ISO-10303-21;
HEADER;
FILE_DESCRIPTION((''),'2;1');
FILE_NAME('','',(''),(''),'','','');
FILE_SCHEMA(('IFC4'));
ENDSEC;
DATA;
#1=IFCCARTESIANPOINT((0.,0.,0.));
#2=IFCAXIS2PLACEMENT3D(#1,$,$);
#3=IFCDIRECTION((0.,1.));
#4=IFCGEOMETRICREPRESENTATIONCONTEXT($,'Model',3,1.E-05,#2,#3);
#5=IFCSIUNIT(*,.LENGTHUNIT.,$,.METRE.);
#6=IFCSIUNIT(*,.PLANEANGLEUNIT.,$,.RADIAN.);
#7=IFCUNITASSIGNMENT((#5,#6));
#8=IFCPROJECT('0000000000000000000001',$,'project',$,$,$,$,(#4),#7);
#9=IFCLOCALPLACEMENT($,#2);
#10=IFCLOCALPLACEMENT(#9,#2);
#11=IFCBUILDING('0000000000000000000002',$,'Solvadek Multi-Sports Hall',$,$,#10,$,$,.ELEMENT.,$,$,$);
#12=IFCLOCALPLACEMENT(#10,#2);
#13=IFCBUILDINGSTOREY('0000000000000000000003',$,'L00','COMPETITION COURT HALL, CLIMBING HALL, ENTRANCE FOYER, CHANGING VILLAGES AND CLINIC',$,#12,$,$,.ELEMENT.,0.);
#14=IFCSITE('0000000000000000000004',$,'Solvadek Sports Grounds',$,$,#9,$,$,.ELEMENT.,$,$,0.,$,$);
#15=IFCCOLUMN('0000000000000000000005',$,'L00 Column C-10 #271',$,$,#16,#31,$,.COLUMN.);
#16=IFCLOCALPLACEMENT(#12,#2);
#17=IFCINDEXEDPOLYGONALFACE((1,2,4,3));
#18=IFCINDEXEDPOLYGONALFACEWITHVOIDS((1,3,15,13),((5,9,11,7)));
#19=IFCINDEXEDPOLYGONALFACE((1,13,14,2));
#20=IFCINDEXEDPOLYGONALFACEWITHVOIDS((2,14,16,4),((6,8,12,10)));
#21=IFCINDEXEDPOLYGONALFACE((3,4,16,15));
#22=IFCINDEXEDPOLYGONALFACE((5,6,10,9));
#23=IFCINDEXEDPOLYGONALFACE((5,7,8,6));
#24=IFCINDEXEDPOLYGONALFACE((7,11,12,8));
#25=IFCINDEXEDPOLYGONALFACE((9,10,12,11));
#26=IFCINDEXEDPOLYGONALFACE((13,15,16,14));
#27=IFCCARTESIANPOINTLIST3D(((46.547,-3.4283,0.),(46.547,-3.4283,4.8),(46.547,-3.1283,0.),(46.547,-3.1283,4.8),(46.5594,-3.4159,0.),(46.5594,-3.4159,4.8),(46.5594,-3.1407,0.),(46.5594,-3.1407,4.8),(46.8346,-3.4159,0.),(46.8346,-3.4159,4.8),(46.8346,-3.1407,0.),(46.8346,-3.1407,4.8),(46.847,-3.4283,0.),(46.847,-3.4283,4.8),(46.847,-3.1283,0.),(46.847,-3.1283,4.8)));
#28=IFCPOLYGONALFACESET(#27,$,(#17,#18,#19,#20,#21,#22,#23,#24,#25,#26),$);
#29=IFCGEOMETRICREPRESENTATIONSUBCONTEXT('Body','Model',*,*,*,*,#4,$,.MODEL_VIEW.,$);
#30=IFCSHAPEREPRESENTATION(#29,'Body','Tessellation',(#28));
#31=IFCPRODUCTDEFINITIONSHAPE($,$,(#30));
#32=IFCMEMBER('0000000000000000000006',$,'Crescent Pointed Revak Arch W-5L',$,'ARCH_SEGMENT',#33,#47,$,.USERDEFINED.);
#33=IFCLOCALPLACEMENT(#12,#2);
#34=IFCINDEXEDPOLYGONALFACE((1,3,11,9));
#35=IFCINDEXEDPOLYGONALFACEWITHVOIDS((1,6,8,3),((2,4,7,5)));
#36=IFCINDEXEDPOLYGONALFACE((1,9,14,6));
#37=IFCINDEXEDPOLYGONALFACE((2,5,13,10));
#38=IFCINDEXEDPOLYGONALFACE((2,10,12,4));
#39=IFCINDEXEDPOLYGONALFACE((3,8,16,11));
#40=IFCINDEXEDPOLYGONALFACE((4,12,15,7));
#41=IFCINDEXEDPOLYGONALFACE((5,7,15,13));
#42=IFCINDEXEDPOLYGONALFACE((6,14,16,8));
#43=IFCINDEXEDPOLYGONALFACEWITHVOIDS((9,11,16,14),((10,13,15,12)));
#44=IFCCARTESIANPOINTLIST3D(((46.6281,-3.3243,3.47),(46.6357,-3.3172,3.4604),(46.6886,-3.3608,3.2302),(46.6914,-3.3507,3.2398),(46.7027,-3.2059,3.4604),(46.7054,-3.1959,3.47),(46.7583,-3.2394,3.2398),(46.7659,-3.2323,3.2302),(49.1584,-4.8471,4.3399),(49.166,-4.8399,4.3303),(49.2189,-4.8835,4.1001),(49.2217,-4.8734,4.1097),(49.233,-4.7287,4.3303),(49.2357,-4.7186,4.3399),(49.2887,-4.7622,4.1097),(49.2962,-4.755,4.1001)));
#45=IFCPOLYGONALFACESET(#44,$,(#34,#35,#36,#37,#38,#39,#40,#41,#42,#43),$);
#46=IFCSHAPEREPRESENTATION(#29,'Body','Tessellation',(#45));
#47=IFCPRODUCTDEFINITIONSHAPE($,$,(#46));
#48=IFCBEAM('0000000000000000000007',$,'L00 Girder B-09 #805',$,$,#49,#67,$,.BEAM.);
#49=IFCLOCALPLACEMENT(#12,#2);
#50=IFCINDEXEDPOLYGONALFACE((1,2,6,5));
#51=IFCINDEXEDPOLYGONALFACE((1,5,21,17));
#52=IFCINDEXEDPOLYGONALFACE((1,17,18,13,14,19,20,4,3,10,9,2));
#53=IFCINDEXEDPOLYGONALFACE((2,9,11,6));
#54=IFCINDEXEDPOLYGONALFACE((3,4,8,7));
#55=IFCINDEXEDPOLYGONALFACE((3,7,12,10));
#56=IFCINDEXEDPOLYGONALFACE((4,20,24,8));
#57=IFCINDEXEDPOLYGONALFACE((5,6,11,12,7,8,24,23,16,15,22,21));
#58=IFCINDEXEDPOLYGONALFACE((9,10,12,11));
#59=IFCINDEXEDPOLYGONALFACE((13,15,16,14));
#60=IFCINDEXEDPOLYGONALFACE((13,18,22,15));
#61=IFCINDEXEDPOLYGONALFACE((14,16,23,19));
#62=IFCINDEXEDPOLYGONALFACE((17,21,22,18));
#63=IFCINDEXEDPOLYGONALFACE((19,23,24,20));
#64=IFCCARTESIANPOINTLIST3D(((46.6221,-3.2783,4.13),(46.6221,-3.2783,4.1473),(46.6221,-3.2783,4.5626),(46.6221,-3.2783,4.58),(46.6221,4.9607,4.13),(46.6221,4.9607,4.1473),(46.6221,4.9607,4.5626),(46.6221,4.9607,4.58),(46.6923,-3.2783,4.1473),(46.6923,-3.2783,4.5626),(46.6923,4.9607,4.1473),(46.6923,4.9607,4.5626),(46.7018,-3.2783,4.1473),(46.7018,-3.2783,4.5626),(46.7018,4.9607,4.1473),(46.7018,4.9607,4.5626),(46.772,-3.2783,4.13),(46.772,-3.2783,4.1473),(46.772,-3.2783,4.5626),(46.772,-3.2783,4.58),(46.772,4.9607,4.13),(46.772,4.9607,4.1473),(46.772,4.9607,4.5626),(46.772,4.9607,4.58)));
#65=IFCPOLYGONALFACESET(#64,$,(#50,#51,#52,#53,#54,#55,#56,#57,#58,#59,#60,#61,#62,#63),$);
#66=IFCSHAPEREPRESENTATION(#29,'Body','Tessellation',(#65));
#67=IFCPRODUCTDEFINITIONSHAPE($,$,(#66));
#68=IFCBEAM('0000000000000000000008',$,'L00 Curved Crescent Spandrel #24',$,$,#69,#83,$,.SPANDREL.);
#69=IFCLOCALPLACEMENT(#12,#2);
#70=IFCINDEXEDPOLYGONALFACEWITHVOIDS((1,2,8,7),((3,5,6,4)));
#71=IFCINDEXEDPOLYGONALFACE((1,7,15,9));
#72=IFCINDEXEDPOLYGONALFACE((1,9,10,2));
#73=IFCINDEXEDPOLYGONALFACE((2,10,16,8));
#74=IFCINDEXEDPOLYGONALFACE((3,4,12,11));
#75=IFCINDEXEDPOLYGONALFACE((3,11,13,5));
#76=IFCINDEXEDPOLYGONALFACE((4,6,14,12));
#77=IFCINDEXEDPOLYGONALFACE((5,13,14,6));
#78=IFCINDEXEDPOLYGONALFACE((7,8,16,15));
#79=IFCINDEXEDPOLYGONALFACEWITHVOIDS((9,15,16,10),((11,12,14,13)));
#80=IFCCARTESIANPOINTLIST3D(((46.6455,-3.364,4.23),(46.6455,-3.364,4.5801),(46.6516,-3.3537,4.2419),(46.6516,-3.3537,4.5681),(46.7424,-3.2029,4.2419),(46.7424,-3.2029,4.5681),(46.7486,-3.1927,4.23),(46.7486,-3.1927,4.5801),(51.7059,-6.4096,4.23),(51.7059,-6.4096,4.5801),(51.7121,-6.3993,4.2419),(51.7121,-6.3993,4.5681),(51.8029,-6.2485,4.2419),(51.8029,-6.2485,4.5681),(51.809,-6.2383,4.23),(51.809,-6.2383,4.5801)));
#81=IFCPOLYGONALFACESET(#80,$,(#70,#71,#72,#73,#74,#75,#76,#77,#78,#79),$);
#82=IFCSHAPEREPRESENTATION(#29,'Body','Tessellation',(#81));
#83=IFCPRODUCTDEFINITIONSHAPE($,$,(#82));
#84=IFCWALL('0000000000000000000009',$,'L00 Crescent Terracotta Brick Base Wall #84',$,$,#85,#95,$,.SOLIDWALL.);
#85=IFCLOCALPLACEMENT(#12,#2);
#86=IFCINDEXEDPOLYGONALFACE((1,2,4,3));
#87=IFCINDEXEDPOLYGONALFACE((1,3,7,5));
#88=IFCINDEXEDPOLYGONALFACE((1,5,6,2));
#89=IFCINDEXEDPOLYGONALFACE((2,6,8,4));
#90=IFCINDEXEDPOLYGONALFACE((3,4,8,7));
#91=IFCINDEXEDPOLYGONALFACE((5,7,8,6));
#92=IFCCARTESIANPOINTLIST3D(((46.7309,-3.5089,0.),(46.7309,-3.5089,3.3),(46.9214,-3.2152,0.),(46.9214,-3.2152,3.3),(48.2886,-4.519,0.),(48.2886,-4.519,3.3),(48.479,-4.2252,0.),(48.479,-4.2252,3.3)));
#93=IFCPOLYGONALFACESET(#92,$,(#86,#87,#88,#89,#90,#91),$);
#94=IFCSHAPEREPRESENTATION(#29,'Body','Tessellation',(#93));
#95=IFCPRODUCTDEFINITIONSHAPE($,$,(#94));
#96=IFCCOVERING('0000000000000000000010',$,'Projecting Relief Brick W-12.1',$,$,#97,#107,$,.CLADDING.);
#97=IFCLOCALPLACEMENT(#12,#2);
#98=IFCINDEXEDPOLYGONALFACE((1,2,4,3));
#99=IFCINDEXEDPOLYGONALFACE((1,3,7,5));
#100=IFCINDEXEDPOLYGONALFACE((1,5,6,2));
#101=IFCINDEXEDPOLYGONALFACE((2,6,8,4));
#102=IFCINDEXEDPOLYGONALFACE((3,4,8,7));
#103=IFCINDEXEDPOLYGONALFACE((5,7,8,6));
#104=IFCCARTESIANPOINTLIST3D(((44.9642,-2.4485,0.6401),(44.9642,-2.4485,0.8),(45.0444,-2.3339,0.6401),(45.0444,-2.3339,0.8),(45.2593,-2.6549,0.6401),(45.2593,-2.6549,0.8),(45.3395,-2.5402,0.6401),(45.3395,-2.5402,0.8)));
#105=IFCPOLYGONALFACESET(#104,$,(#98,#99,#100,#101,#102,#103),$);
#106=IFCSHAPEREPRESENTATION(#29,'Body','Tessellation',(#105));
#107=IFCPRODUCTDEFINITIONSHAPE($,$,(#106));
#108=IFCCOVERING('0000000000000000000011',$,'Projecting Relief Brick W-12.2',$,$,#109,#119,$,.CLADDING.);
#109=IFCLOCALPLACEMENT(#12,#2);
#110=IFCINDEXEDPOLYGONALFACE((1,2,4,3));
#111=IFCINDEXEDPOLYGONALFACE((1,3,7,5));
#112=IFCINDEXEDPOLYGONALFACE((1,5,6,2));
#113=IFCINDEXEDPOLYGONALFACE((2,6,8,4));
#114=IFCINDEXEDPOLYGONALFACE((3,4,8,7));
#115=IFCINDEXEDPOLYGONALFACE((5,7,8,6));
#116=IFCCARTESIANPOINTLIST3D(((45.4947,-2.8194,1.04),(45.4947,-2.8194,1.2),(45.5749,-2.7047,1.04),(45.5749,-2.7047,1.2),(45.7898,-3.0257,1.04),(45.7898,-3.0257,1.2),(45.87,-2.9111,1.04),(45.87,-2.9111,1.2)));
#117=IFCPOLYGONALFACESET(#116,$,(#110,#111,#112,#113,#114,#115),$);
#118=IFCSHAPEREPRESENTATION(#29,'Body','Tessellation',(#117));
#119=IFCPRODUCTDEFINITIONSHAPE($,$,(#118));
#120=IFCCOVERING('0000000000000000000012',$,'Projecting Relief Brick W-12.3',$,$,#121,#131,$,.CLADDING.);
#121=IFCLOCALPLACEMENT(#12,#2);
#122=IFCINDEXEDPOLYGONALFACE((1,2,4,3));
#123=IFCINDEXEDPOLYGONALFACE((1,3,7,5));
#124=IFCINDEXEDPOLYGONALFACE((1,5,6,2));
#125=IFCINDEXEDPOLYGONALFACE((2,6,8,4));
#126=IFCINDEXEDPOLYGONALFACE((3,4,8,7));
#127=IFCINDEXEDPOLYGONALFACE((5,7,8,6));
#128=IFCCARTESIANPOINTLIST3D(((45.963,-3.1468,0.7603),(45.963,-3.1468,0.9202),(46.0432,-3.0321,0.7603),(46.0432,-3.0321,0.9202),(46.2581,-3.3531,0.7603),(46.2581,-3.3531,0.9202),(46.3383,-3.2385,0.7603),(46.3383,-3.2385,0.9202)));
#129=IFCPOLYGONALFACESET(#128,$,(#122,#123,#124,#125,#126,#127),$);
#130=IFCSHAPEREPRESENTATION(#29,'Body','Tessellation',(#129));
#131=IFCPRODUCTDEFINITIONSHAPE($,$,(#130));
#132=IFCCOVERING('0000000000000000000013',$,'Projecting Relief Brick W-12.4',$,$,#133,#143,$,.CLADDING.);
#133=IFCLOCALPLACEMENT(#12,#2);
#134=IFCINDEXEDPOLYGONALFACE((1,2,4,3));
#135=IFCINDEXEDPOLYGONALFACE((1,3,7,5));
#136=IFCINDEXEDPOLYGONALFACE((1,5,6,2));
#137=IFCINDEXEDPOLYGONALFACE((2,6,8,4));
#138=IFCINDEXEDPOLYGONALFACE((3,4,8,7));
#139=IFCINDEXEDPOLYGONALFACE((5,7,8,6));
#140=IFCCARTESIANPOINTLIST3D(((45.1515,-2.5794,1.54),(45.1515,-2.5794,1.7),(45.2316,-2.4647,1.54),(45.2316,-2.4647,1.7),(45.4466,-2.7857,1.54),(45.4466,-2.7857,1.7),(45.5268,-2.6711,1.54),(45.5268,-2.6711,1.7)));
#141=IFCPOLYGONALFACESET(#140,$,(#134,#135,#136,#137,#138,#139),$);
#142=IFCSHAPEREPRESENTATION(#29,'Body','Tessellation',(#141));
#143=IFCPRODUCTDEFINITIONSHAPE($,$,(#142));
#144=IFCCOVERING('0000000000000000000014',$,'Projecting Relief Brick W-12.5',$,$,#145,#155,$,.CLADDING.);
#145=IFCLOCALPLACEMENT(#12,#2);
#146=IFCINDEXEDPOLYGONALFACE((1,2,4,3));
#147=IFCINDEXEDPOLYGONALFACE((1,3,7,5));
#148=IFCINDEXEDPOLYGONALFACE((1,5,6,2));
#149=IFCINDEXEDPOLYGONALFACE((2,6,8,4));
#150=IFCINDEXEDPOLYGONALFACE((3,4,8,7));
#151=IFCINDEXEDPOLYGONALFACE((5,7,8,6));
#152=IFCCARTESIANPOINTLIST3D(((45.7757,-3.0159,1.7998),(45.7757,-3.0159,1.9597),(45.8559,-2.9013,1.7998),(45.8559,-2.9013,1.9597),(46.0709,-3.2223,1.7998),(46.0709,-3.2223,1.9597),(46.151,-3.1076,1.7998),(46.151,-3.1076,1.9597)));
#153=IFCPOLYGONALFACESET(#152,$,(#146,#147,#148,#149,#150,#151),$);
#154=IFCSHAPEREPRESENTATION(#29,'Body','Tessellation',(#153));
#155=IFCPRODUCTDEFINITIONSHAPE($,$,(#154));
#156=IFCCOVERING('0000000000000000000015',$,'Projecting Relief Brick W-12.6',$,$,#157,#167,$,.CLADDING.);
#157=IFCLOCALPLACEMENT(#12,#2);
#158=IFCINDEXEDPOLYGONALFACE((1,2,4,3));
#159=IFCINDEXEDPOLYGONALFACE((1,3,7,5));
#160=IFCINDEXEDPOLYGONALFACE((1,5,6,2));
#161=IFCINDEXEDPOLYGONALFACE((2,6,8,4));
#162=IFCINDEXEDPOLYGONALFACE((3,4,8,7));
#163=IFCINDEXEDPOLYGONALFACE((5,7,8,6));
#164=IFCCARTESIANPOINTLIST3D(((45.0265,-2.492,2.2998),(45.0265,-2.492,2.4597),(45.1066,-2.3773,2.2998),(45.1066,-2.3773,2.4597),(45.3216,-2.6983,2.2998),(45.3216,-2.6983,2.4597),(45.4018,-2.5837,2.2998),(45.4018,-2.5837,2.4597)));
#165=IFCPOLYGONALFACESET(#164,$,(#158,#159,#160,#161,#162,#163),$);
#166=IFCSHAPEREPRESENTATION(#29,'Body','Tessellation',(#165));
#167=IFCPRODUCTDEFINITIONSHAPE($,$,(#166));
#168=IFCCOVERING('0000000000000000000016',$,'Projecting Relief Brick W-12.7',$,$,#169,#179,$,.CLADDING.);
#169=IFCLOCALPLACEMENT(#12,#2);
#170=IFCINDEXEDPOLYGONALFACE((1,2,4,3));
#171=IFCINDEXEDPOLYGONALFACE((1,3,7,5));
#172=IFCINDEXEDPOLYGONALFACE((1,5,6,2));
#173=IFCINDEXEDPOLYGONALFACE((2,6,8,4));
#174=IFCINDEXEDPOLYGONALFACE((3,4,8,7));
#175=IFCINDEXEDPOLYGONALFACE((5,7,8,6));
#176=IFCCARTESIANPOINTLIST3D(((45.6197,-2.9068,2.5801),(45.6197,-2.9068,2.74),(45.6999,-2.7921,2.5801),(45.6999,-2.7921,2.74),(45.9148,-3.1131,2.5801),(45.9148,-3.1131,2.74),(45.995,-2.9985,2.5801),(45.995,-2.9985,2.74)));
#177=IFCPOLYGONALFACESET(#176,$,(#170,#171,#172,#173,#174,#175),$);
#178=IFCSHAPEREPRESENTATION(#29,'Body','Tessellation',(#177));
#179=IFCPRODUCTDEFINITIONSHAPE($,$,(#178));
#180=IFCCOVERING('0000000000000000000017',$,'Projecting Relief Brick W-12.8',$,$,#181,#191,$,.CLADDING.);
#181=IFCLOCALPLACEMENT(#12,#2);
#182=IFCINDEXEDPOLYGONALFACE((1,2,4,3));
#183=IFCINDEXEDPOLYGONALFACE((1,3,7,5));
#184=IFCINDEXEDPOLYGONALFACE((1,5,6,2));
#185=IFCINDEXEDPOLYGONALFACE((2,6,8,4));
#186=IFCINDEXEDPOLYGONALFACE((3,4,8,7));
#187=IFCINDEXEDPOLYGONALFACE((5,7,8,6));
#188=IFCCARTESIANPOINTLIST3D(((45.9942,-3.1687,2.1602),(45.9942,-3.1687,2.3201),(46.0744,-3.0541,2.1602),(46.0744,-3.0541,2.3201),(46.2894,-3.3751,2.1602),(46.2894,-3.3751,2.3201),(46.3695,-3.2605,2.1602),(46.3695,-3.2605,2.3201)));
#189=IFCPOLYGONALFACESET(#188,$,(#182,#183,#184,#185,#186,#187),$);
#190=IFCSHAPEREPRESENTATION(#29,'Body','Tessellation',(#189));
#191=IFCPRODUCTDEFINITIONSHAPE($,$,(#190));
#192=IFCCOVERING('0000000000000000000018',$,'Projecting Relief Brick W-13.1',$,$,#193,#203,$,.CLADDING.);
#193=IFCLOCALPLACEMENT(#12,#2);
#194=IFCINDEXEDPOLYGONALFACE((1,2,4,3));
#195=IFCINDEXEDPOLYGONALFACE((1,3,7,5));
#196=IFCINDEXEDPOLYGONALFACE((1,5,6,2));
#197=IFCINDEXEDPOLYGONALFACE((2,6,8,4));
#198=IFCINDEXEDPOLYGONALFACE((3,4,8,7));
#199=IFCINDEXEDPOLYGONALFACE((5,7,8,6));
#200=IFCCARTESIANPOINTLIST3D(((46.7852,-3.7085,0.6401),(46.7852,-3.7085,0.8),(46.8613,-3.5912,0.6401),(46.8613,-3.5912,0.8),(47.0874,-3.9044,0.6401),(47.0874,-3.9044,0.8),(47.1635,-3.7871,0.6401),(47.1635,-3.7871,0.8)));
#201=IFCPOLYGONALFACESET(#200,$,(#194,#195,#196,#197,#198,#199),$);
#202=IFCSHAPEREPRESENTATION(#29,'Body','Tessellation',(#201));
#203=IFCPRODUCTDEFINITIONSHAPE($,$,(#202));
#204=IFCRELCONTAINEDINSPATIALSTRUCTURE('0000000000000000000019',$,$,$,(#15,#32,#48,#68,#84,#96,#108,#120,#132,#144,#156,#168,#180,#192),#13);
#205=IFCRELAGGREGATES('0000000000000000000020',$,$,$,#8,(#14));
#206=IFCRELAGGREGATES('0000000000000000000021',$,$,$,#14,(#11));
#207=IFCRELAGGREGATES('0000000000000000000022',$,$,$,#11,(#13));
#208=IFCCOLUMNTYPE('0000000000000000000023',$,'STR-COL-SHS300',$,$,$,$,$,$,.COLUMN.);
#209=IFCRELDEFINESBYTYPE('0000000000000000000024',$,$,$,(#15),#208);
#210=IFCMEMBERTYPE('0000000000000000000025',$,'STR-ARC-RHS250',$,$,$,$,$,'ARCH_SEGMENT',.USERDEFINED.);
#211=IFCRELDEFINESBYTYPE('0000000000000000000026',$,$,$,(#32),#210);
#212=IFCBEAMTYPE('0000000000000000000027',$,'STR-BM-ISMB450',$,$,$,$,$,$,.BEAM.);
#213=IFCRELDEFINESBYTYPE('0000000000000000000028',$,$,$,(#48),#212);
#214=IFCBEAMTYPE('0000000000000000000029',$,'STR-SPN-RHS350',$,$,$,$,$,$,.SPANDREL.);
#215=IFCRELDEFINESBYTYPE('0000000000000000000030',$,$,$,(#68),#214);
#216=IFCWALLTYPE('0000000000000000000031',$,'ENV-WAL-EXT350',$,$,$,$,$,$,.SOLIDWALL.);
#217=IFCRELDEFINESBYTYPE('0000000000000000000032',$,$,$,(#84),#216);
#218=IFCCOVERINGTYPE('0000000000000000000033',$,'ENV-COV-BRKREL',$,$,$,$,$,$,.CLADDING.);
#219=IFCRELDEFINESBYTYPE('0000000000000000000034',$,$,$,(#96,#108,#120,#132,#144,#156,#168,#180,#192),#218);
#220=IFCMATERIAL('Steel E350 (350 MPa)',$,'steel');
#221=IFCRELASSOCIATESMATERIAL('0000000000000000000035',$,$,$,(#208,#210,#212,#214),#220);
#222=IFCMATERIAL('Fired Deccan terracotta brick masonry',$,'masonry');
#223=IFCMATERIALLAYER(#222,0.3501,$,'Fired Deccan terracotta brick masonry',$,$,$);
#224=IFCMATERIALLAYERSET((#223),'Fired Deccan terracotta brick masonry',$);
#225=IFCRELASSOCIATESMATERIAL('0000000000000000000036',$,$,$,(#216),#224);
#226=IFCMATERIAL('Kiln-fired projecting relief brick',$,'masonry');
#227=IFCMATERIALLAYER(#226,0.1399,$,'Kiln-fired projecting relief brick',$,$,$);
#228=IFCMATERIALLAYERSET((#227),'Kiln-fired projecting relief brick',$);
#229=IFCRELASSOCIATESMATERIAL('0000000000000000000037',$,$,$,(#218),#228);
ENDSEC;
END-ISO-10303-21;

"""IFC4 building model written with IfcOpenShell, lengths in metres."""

from ifc_helpers import new_model, si_unit, direction, frame, frame_2d, origin, origin_2d, place, context, subcontext, project, spatial, rectangle, hollow_rectangle, i_section, extrude, material, layer, layer_set, material_profile, profile_set, type_object, element, save


model = new_model("IFC4")

# Units and contexts
model_context = context("Model", 3, precision=1e-05, world=origin(), true_north=direction((0.0, 1.0)))
body_context = subcontext(model_context, "Body", "Model", "MODEL_VIEW")
ifc_project = project(units=[si_unit("LENGTHUNIT", "METRE"), si_unit("PLANEANGLEUNIT", "RADIAN")], contexts=[model_context])

# Site, building, storey
site_placement = place(None, origin())
site = spatial("IfcSite", under=ifc_project, at=site_placement, Name="Solvadek Sports Grounds", CompositionType="ELEMENT", RefElevation=0.0)
building_placement = place(site_placement, origin())
building = spatial("IfcBuilding", under=site, at=building_placement, Name="Solvadek Multi-Sports Hall", CompositionType="ELEMENT")
storey_placement = place(building_placement, origin())
storey = spatial("IfcBuildingStorey", under=building, at=storey_placement, Name="L00", Description="COMPETITION COURT HALL, CLIMBING HALL, ENTRANCE FOYER, CHANGING VILLAGES AND CLINIC", CompositionType="ELEMENT", Elevation=0.0)

# Column
ifc_material_1 = material(Name="Steel E350 (350 MPa)", Category="steel")
ifc_material_profile_1 = material_profile(ifc_material_1, hollow_rectangle(XDim=0.3, YDim=0.3, WallThickness=0.0125, at=origin_2d()), Name="SHS 300x300x12.5")
ifc_profile_set_1 = profile_set([ifc_material_profile_1], Name="Steel E350 (350 MPa)")
column_type = type_object("IfcColumnType", Name="STR-COL-SHS300", PredefinedType="COLUMN", material=ifc_profile_set_1)
column_placement = place(storey_placement, frame((46.697, -3.2783, 0.0), z_axis=(0.0, 0.0, 1.0), x_axis=(1.0, 0.0, 0.0)))
element("IfcColumn", 1, at=column_placement, inside=storey, type_object=column_type, Name="L00 Column C-10 #271", PredefinedType="COLUMN", context=body_context, shape_type="SweptSolid", body=[
    extrude(hollow_rectangle(XDim=0.3, YDim=0.3, WallThickness=0.0125, at=origin_2d()), origin(), (0.0, 0.0, 1.0), 4.8),
])

# Member
ifc_material_profile_2 = material_profile(ifc_material_1, hollow_rectangle(XDim=0.1499, YDim=0.25, WallThickness=0.01, at=origin_2d()), Name="RHS 250x150x10")
ifc_profile_set_2 = profile_set([ifc_material_profile_2], Name="Steel E350 (350 MPa)")
member_type = type_object("IfcMemberType", Name="STR-ARC-RHS250", ElementType="ARCH_SEGMENT", PredefinedType="USERDEFINED", material=ifc_profile_set_2)
member_placement = place(storey_placement, frame((46.697, -3.2783, 3.3501), z_axis=(0.821899, -0.494614, 0.282557), x_axis=(0.515626, 0.856814, 0.0)))
element("IfcMember", 2, at=member_placement, inside=storey, type_object=member_type, Name="Crescent Pointed Revak Arch W-5L", ObjectType="ARCH_SEGMENT", PredefinedType="USERDEFINED", context=body_context, shape_type="SweptSolid", body=[
    extrude(hollow_rectangle(XDim=0.1499, YDim=0.25, WallThickness=0.01, at=origin_2d()), origin(), (0.0, 0.0, 1.0), 3.0786),
])

# Beams
ifc_material_profile_3 = material_profile(ifc_material_1, i_section(OverallWidth=0.1499, OverallDepth=0.45, WebThickness=0.0095, FlangeThickness=0.0173, at=origin_2d()), Name="ISMB 450")
ifc_profile_set_3 = profile_set([ifc_material_profile_3], Name="Steel E350 (350 MPa)")
beam_type_1 = type_object("IfcBeamType", Name="STR-BM-ISMB450", PredefinedType="BEAM", material=ifc_profile_set_3)
beam_1_placement = place(storey_placement, frame((46.697, -3.2783, 4.355), z_axis=(0.0, 1.0, 0.0), x_axis=(-1.0, 0.0, 0.0)))
element("IfcBeam", 3, at=beam_1_placement, inside=storey, type_object=beam_type_1, Name="L00 Girder B-09 #805", PredefinedType="BEAM", context=body_context, shape_type="SweptSolid", body=[
    extrude(i_section(OverallWidth=0.1499, OverallDepth=0.45, WebThickness=0.0095, FlangeThickness=0.0173, at=origin_2d()), origin(), (0.0, 0.0, 1.0), 8.239),
])
ifc_material_profile_4 = material_profile(ifc_material_1, hollow_rectangle(XDim=0.2, YDim=0.3501, WallThickness=0.012, at=origin_2d()), Name="RHS 350x200x12")
ifc_profile_set_4 = profile_set([ifc_material_profile_4], Name="Steel E350 (350 MPa)")
beam_type_2 = type_object("IfcBeamType", Name="STR-SPN-RHS350", PredefinedType="SPANDREL", material=ifc_profile_set_4)
beam_2_placement = place(storey_placement, frame((46.697, -3.2783, 4.405), z_axis=(0.856796, -0.515656, 0.0), x_axis=(0.515656, 0.856796, 0.0)))
element("IfcBeam", 4, at=beam_2_placement, inside=storey, type_object=beam_type_2, Name="L00 Curved Crescent Spandrel #24", PredefinedType="SPANDREL", context=body_context, shape_type="SweptSolid", body=[
    extrude(hollow_rectangle(XDim=0.2, YDim=0.3501, WallThickness=0.012, at=origin_2d()), origin(), (0.0, 0.0, 1.0), 5.9062),
])

# Wall
ifc_material_2 = material(Name="Fired Deccan terracotta brick masonry", Category="masonry")
ifc_layer_1 = layer(ifc_material_2, 0.3501, Name="Fired Deccan terracotta brick masonry")
ifc_layer_set_1 = layer_set([ifc_layer_1], Name="Fired Deccan terracotta brick masonry")
wall_type = type_object("IfcWallType", Name="ENV-WAL-EXT350", PredefinedType="SOLIDWALL", material=ifc_layer_set_1)
wall_placement = place(storey_placement, frame((46.8262, -3.3621, 0.0), z_axis=(0.0, 0.0, 1.0), x_axis=(0.839044, -0.544064, 0.0)))
element("IfcWall", 5, at=wall_placement, inside=storey, type_object=wall_type, Name="L00 Crescent Terracotta Brick Base Wall #84", PredefinedType="SOLIDWALL", context=body_context, shape_type="SweptSolid", body=[
    extrude(rectangle(XDim=1.8564, YDim=0.3501, at=frame_2d((0.9282, 0.0))), origin(), (0.0, 0.0, 1.0), 3.3),
])

# Coverings
ifc_material_3 = material(Name="Kiln-fired projecting relief brick", Category="masonry")
ifc_layer_2 = layer(ifc_material_3, 0.1399, Name="Kiln-fired projecting relief brick")
ifc_layer_set_2 = layer_set([ifc_layer_2], Name="Kiln-fired projecting relief brick")
covering_type = type_object("IfcCoveringType", Name="ENV-COV-BRKREL", PredefinedType="CLADDING", material=ifc_layer_set_2)
for number, where, z_axis, x_axis, name in (
    (6, (45.1519, -2.4944, 0.6401), (0.0, 0.0, 1.0), (0.819513, -0.573061, 0.0), "Projecting Relief Brick W-12.1"),
    (7, (45.6824, -2.8652, 1.04), (0.0, 0.0, 1.0), (0.819513, -0.573061, 0.0), "Projecting Relief Brick W-12.2"),
    (8, (46.1506, -3.1926, 0.7603), (0.0, 0.0, 1.0), (0.819513, -0.573061, 0.0), "Projecting Relief Brick W-12.3"),
    (9, (45.3391, -2.6252, 1.54), (0.0, 0.0, 1.0), (0.819513, -0.573061, 0.0), "Projecting Relief Brick W-12.4"),
    (10, (45.9634, -3.0618, 1.7998), (0.0, 0.0, 1.0), (0.819513, -0.573061, 0.0), "Projecting Relief Brick W-12.5"),
    (11, (45.2141, -2.5378, 2.2998), (0.0, 0.0, 1.0), (0.819513, -0.573061, 0.0), "Projecting Relief Brick W-12.6"),
    (12, (45.8074, -2.9526, 2.5801), (0.0, 0.0, 1.0), (0.819513, -0.573061, 0.0), "Projecting Relief Brick W-12.7"),
    (13, (46.1819, -3.2146, 2.1602), (0.0, 0.0, 1.0), (0.819513, -0.573061, 0.0), "Projecting Relief Brick W-12.8"),
    (14, (46.9744, -3.7478, 0.6401), (0.0, 0.0, 1.0), (0.839053, -0.544049, 0.0), "Projecting Relief Brick W-13.1"),
):
    element("IfcCovering", number, at=place(storey_placement, frame(where, z_axis=z_axis, x_axis=x_axis)), inside=storey, type_object=covering_type, Name=name, PredefinedType="CLADDING", context=body_context, shape_type="SweptSolid", body=[
        extrude(rectangle(XDim=0.3601, YDim=0.1399, at=origin_2d()), origin(), (0.0, 0.0, 1.0), 0.1599),
    ])

save(model, "model.ifc")
